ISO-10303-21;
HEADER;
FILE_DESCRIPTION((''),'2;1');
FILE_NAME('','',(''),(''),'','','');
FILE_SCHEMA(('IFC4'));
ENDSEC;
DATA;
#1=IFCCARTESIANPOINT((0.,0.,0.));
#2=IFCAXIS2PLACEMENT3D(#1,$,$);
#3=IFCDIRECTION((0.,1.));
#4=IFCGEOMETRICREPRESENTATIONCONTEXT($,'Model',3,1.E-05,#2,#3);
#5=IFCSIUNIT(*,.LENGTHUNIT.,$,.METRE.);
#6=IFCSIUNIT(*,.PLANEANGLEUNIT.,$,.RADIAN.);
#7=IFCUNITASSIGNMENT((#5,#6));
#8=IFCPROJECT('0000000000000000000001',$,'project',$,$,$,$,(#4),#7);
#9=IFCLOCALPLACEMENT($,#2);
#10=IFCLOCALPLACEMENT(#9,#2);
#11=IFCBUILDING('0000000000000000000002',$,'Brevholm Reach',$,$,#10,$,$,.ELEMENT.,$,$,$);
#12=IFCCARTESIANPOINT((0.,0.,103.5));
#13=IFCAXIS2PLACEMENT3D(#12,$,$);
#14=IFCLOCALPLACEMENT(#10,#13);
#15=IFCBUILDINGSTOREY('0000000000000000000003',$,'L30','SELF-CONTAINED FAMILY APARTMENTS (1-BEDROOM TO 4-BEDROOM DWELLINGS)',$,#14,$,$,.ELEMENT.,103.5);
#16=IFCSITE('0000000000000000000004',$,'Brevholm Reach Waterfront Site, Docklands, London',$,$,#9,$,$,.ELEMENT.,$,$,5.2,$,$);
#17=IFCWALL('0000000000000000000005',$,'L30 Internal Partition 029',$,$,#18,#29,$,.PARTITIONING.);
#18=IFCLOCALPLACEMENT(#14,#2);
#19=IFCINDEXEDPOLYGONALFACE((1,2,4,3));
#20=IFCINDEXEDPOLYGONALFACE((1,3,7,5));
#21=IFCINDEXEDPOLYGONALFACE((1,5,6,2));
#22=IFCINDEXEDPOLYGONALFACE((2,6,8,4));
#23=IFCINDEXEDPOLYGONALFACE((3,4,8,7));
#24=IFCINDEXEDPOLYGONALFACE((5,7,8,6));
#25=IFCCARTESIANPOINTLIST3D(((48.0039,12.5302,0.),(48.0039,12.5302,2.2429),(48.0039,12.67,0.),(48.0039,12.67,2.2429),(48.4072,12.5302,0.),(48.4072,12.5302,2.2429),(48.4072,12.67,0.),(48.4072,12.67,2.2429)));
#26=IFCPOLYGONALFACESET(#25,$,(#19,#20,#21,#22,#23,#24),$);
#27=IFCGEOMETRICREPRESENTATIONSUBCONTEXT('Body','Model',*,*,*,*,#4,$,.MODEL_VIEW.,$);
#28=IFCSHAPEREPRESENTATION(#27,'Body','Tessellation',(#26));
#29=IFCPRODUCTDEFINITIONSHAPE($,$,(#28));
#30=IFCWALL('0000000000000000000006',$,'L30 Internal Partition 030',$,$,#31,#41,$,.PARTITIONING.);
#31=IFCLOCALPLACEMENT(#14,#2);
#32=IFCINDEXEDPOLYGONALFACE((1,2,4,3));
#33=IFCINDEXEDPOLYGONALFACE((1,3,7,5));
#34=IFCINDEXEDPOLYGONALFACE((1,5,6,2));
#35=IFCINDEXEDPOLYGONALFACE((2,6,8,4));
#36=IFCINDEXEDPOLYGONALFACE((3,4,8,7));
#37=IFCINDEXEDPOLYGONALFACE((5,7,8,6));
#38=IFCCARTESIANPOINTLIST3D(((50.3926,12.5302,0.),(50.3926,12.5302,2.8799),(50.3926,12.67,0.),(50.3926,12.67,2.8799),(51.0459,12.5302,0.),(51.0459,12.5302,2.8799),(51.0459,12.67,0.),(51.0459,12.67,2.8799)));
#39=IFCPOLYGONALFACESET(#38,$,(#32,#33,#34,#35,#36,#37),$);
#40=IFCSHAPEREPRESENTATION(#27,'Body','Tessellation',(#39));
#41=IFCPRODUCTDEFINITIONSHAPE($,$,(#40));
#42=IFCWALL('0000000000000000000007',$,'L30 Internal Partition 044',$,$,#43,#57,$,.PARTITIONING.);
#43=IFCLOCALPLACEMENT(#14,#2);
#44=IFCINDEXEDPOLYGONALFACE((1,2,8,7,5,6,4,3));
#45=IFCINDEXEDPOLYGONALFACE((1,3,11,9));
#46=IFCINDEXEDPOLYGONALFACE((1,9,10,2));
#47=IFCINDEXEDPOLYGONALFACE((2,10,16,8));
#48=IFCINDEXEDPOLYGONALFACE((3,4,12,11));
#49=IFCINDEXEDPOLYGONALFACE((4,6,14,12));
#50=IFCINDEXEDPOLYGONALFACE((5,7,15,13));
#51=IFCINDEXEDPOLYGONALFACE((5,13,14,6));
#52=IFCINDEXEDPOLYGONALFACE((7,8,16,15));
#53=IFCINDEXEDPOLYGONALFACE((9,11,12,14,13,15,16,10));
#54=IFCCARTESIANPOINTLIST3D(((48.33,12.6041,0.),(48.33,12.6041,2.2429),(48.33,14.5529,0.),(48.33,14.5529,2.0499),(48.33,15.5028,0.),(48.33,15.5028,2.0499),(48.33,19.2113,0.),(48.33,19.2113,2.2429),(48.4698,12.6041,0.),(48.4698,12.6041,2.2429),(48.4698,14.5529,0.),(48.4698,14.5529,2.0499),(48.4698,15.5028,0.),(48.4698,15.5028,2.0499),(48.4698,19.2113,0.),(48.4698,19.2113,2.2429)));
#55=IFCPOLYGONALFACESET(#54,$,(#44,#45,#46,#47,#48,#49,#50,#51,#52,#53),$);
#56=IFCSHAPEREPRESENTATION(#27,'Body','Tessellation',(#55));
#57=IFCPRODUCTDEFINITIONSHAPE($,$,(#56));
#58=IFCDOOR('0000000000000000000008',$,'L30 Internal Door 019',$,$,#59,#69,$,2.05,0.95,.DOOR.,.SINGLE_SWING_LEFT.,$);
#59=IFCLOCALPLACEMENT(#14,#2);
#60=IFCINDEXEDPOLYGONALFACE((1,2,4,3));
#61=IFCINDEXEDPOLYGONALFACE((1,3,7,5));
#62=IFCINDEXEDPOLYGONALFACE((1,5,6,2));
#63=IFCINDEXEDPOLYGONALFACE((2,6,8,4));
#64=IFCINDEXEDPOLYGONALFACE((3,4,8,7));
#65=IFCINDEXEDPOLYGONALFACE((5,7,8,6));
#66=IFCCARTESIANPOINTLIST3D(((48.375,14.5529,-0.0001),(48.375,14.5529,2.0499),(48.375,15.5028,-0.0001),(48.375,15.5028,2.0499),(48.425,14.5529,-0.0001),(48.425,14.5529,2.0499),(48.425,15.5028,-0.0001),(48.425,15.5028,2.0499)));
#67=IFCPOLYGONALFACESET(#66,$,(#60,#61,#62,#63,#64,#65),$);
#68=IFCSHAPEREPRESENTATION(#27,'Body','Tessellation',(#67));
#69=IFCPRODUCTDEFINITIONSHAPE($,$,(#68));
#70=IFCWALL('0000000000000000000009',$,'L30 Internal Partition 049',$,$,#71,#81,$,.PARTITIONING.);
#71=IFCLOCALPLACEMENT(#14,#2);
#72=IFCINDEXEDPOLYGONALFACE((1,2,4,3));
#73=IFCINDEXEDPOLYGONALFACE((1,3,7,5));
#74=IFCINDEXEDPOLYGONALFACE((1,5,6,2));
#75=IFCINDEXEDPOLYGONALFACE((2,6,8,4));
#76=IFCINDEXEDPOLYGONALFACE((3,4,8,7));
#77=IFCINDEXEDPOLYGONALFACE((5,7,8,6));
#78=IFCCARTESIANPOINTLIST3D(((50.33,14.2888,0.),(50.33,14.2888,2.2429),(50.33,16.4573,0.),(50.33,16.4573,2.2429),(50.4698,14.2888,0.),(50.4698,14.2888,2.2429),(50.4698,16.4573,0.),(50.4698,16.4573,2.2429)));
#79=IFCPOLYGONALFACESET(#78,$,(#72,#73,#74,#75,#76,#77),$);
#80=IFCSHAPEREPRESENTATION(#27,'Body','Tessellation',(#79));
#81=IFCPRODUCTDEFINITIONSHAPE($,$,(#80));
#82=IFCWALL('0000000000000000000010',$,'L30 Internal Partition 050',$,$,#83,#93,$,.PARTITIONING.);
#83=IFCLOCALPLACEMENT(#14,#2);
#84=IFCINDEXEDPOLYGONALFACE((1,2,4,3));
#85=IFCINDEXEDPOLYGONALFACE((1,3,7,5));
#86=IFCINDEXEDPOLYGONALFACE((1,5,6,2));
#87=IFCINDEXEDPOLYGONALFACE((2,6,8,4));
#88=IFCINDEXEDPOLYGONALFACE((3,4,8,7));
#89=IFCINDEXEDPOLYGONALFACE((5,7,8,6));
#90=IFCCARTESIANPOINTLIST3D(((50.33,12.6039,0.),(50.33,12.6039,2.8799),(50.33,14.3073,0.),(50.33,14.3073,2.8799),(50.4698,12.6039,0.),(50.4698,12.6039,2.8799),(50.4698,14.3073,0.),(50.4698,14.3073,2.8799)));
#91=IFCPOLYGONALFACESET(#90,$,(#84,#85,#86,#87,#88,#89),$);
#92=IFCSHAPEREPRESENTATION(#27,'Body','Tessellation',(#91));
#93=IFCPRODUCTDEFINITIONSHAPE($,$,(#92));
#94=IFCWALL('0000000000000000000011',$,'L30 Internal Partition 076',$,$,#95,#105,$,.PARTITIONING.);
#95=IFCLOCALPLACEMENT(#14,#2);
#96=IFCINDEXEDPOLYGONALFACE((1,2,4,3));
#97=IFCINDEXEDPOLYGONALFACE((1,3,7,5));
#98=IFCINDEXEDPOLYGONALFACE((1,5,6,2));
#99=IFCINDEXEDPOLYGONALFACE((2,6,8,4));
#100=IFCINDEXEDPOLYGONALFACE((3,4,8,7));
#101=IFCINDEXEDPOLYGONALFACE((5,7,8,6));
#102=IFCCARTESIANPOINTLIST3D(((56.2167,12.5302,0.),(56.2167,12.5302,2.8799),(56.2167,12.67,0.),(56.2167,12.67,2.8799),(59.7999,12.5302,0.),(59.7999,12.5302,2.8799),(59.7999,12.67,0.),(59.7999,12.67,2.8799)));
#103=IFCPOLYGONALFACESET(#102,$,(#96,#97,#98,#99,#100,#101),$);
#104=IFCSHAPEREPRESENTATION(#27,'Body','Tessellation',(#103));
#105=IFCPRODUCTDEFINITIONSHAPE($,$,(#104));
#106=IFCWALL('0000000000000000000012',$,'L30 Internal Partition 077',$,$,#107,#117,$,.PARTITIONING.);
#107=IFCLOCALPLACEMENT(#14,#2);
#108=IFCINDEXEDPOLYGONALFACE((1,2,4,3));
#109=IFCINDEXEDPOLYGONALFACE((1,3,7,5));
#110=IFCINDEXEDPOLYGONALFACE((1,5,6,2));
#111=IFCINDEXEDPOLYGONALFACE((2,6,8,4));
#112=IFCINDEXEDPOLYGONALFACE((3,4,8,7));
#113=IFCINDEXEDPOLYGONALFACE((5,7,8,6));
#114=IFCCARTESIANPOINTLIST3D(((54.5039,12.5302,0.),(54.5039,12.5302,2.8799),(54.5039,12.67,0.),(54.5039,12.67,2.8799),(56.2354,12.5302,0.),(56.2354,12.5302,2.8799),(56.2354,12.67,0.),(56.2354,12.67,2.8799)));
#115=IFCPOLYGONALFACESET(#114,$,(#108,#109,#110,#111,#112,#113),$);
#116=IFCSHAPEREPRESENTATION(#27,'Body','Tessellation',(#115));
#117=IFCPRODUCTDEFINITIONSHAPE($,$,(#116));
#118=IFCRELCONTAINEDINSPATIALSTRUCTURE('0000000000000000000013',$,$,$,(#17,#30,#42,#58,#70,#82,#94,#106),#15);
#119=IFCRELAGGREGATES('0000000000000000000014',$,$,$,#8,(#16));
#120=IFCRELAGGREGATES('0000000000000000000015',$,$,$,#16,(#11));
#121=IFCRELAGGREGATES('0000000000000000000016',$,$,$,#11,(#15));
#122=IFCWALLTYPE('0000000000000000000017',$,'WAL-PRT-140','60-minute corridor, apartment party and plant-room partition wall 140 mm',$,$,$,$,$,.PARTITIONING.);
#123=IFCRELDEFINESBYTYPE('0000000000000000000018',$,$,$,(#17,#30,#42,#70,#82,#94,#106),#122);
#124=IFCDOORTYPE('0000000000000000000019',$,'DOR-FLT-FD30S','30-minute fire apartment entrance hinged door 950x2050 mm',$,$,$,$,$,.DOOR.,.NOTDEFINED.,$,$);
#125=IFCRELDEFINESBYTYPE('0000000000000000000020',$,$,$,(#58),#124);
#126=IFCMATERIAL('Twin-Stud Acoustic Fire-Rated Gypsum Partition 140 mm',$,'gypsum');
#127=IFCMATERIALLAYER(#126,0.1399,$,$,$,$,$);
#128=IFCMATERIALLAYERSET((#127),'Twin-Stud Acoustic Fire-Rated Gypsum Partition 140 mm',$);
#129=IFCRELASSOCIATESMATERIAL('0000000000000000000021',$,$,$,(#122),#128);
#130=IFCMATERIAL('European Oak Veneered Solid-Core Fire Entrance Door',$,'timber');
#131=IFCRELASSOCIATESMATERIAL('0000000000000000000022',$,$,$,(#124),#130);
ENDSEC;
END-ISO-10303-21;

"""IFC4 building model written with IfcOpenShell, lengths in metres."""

from ifc_helpers import new_model, si_unit, direction, frame, frame_2d, origin, place, context, subcontext, project, spatial, rectangle, extrude, material, layer, layer_set, type_object, element, fill, save


model = new_model("IFC4")

# Units and contexts
model_context = context("Model", 3, precision=1e-05, world=origin(), true_north=direction((0.0, 1.0)))
body_context = subcontext(model_context, "Body", "Model", "MODEL_VIEW")
ifc_project = project(units=[si_unit("LENGTHUNIT", "METRE"), si_unit("PLANEANGLEUNIT", "RADIAN")], contexts=[model_context])

# Site, building, storey
site_placement = place(None, origin())
site = spatial("IfcSite", under=ifc_project, at=site_placement, Name="Brevholm Reach Waterfront Site, Docklands, London", CompositionType="ELEMENT", RefElevation=5.2)
building_placement = place(site_placement, origin())
building = spatial("IfcBuilding", under=site, at=building_placement, Name="Brevholm Reach", CompositionType="ELEMENT")
storey_placement = place(building_placement, frame((0.0, 0.0, 103.5)))
storey = spatial("IfcBuildingStorey", under=building, at=storey_placement, Name="L30", Description="SELF-CONTAINED FAMILY APARTMENTS (1-BEDROOM TO 4-BEDROOM DWELLINGS)", CompositionType="ELEMENT", Elevation=103.5)

# Shared definitions
ifc_material_1 = material(Name="Twin-Stud Acoustic Fire-Rated Gypsum Partition 140 mm", Category="gypsum")
ifc_layer_1 = layer(ifc_material_1, 0.1399)
ifc_layer_set_1 = layer_set([ifc_layer_1], Name="Twin-Stud Acoustic Fire-Rated Gypsum Partition 140 mm")
wall_type_1 = type_object("IfcWallType", Name="WAL-PRT-140", Description="60-minute corridor, apartment party and plant-room partition wall 140 mm", PredefinedType="PARTITIONING", material=ifc_layer_set_1)
ifc_material_2 = material(Name="European Oak Veneered Solid-Core Fire Entrance Door", Category="timber")
door_type_1 = type_object("IfcDoorType", Name="DOR-FLT-FD30S", Description="30-minute fire apartment entrance hinged door 950x2050 mm", OperationType="NOTDEFINED", PredefinedType="DOOR", material=ifc_material_2)

# Walls
wall_1_placement = place(storey_placement, frame((48.0039, 12.6001, 0.0), z_axis=(0.0, 0.0, 1.0), x_axis=(1.0, 0.0, 0.0)))
element("IfcWall", 1, at=wall_1_placement, inside=storey, type_object=wall_type_1, Name="L30 Internal Partition 029", PredefinedType="PARTITIONING", context=body_context, shape_type="SweptSolid", body=[
    extrude(rectangle(XDim=0.4033, YDim=0.1399, at=frame_2d((0.2017, 0.0))), origin(), (0.0, 0.0, 1.0), 2.2429),
])
wall_2_placement = place(storey_placement, frame((50.3926, 12.6001, 0.0), z_axis=(0.0, 0.0, 1.0), x_axis=(1.0, 0.0, 0.0)))
element("IfcWall", 2, at=wall_2_placement, inside=storey, type_object=wall_type_1, Name="L30 Internal Partition 030", PredefinedType="PARTITIONING", context=body_context, shape_type="SweptSolid", body=[
    extrude(rectangle(XDim=0.6533, YDim=0.1399, at=frame_2d((0.3267, 0.0))), origin(), (0.0, 0.0, 1.0), 2.8799),
])

# Wall, opening, door
wall_3_placement = place(storey_placement, frame((48.3999, 12.604, 0.0), z_axis=(0.0, 0.0, 1.0), x_axis=(0.0, 1.0, 0.0)))
wall_3 = element("IfcWall", 3, at=wall_3_placement, inside=storey, type_object=wall_type_1, Name="L30 Internal Partition 044", PredefinedType="PARTITIONING", context=body_context, shape_type="SweptSolid", body=[
    extrude(rectangle(XDim=6.6072, YDim=0.1399, at=frame_2d((3.3037, 0.0))), origin(), (0.0, 0.0, 1.0), 2.2429),
])
opening_1_placement = place(wall_3_placement, frame((1.9487, 0.0, 0.0)))
opening_1 = element("IfcOpeningElement", 4, at=opening_1_placement, cuts=wall_3, PredefinedType="OPENING", context=body_context, shape_type="SweptSolid", body=[
    extrude(rectangle(XDim=0.95, YDim=2.05, at=frame_2d((0.4751, 1.0249))), frame((0.0, 0.0798, 0.0), z_axis=(0.0, -1.0, 0.0), x_axis=(1.0, 0.0, 0.0)), (0.0, 0.0, 1.0), 0.1599),
])
door_1_placement = place(opening_1_placement, origin())
door_1 = element("IfcDoor", 5, at=door_1_placement, inside=storey, type_object=door_type_1, Name="L30 Internal Door 019", OperationType="SINGLE_SWING_LEFT", OverallHeight=2.05, OverallWidth=0.95, PredefinedType="DOOR", context=body_context, shape_type="SweptSolid", body=[
    extrude(rectangle(XDim=0.95, YDim=2.05, at=frame_2d((0.4751, 1.0249))), frame((0.0, 0.0249, 0.0), z_axis=(0.0, -1.0, 0.0), x_axis=(1.0, 0.0, 0.0)), (0.0, 0.0, 1.0), 0.05),
])
fill(opening_1, door_1)

# Walls
wall_4_placement = place(storey_placement, frame((50.3999, 14.2888, 0.0), z_axis=(0.0, 0.0, 1.0), x_axis=(0.0, 1.0, 0.0)))
element("IfcWall", 6, at=wall_4_placement, inside=storey, type_object=wall_type_1, Name="L30 Internal Partition 049", PredefinedType="PARTITIONING", context=body_context, shape_type="SweptSolid", body=[
    extrude(rectangle(XDim=2.1685, YDim=0.1399, at=frame_2d((1.0842, 0.0))), origin(), (0.0, 0.0, 1.0), 2.2429),
])
wall_5_placement = place(storey_placement, frame((50.3999, 12.604, 0.0), z_axis=(0.0, 0.0, 1.0), x_axis=(0.0, 1.0, 0.0)))
element("IfcWall", 7, at=wall_5_placement, inside=storey, type_object=wall_type_1, Name="L30 Internal Partition 050", PredefinedType="PARTITIONING", context=body_context, shape_type="SweptSolid", body=[
    extrude(rectangle(XDim=1.7034, YDim=0.1399, at=frame_2d((0.8516, 0.0))), origin(), (0.0, 0.0, 1.0), 2.8799),
])
wall_6_placement = place(storey_placement, frame((56.2168, 12.6001, 0.0), z_axis=(0.0, 0.0, 1.0), x_axis=(1.0, 0.0, 0.0)))
element("IfcWall", 8, at=wall_6_placement, inside=storey, type_object=wall_type_1, Name="L30 Internal Partition 076", PredefinedType="PARTITIONING", context=body_context, shape_type="SweptSolid", body=[
    extrude(rectangle(XDim=3.5833, YDim=0.1399, at=frame_2d((1.7915, 0.0))), origin(), (0.0, 0.0, 1.0), 2.8799),
])
wall_7_placement = place(storey_placement, frame((54.5039, 12.6001, 0.0), z_axis=(0.0, 0.0, 1.0), x_axis=(1.0, 0.0, 0.0)))
element("IfcWall", 9, at=wall_7_placement, inside=storey, type_object=wall_type_1, Name="L30 Internal Partition 077", PredefinedType="PARTITIONING", context=body_context, shape_type="SweptSolid", body=[
    extrude(rectangle(XDim=1.7314, YDim=0.1399, at=frame_2d((0.8657, 0.0))), origin(), (0.0, 0.0, 1.0), 2.8799),
])

save(model, "model.ifc")
